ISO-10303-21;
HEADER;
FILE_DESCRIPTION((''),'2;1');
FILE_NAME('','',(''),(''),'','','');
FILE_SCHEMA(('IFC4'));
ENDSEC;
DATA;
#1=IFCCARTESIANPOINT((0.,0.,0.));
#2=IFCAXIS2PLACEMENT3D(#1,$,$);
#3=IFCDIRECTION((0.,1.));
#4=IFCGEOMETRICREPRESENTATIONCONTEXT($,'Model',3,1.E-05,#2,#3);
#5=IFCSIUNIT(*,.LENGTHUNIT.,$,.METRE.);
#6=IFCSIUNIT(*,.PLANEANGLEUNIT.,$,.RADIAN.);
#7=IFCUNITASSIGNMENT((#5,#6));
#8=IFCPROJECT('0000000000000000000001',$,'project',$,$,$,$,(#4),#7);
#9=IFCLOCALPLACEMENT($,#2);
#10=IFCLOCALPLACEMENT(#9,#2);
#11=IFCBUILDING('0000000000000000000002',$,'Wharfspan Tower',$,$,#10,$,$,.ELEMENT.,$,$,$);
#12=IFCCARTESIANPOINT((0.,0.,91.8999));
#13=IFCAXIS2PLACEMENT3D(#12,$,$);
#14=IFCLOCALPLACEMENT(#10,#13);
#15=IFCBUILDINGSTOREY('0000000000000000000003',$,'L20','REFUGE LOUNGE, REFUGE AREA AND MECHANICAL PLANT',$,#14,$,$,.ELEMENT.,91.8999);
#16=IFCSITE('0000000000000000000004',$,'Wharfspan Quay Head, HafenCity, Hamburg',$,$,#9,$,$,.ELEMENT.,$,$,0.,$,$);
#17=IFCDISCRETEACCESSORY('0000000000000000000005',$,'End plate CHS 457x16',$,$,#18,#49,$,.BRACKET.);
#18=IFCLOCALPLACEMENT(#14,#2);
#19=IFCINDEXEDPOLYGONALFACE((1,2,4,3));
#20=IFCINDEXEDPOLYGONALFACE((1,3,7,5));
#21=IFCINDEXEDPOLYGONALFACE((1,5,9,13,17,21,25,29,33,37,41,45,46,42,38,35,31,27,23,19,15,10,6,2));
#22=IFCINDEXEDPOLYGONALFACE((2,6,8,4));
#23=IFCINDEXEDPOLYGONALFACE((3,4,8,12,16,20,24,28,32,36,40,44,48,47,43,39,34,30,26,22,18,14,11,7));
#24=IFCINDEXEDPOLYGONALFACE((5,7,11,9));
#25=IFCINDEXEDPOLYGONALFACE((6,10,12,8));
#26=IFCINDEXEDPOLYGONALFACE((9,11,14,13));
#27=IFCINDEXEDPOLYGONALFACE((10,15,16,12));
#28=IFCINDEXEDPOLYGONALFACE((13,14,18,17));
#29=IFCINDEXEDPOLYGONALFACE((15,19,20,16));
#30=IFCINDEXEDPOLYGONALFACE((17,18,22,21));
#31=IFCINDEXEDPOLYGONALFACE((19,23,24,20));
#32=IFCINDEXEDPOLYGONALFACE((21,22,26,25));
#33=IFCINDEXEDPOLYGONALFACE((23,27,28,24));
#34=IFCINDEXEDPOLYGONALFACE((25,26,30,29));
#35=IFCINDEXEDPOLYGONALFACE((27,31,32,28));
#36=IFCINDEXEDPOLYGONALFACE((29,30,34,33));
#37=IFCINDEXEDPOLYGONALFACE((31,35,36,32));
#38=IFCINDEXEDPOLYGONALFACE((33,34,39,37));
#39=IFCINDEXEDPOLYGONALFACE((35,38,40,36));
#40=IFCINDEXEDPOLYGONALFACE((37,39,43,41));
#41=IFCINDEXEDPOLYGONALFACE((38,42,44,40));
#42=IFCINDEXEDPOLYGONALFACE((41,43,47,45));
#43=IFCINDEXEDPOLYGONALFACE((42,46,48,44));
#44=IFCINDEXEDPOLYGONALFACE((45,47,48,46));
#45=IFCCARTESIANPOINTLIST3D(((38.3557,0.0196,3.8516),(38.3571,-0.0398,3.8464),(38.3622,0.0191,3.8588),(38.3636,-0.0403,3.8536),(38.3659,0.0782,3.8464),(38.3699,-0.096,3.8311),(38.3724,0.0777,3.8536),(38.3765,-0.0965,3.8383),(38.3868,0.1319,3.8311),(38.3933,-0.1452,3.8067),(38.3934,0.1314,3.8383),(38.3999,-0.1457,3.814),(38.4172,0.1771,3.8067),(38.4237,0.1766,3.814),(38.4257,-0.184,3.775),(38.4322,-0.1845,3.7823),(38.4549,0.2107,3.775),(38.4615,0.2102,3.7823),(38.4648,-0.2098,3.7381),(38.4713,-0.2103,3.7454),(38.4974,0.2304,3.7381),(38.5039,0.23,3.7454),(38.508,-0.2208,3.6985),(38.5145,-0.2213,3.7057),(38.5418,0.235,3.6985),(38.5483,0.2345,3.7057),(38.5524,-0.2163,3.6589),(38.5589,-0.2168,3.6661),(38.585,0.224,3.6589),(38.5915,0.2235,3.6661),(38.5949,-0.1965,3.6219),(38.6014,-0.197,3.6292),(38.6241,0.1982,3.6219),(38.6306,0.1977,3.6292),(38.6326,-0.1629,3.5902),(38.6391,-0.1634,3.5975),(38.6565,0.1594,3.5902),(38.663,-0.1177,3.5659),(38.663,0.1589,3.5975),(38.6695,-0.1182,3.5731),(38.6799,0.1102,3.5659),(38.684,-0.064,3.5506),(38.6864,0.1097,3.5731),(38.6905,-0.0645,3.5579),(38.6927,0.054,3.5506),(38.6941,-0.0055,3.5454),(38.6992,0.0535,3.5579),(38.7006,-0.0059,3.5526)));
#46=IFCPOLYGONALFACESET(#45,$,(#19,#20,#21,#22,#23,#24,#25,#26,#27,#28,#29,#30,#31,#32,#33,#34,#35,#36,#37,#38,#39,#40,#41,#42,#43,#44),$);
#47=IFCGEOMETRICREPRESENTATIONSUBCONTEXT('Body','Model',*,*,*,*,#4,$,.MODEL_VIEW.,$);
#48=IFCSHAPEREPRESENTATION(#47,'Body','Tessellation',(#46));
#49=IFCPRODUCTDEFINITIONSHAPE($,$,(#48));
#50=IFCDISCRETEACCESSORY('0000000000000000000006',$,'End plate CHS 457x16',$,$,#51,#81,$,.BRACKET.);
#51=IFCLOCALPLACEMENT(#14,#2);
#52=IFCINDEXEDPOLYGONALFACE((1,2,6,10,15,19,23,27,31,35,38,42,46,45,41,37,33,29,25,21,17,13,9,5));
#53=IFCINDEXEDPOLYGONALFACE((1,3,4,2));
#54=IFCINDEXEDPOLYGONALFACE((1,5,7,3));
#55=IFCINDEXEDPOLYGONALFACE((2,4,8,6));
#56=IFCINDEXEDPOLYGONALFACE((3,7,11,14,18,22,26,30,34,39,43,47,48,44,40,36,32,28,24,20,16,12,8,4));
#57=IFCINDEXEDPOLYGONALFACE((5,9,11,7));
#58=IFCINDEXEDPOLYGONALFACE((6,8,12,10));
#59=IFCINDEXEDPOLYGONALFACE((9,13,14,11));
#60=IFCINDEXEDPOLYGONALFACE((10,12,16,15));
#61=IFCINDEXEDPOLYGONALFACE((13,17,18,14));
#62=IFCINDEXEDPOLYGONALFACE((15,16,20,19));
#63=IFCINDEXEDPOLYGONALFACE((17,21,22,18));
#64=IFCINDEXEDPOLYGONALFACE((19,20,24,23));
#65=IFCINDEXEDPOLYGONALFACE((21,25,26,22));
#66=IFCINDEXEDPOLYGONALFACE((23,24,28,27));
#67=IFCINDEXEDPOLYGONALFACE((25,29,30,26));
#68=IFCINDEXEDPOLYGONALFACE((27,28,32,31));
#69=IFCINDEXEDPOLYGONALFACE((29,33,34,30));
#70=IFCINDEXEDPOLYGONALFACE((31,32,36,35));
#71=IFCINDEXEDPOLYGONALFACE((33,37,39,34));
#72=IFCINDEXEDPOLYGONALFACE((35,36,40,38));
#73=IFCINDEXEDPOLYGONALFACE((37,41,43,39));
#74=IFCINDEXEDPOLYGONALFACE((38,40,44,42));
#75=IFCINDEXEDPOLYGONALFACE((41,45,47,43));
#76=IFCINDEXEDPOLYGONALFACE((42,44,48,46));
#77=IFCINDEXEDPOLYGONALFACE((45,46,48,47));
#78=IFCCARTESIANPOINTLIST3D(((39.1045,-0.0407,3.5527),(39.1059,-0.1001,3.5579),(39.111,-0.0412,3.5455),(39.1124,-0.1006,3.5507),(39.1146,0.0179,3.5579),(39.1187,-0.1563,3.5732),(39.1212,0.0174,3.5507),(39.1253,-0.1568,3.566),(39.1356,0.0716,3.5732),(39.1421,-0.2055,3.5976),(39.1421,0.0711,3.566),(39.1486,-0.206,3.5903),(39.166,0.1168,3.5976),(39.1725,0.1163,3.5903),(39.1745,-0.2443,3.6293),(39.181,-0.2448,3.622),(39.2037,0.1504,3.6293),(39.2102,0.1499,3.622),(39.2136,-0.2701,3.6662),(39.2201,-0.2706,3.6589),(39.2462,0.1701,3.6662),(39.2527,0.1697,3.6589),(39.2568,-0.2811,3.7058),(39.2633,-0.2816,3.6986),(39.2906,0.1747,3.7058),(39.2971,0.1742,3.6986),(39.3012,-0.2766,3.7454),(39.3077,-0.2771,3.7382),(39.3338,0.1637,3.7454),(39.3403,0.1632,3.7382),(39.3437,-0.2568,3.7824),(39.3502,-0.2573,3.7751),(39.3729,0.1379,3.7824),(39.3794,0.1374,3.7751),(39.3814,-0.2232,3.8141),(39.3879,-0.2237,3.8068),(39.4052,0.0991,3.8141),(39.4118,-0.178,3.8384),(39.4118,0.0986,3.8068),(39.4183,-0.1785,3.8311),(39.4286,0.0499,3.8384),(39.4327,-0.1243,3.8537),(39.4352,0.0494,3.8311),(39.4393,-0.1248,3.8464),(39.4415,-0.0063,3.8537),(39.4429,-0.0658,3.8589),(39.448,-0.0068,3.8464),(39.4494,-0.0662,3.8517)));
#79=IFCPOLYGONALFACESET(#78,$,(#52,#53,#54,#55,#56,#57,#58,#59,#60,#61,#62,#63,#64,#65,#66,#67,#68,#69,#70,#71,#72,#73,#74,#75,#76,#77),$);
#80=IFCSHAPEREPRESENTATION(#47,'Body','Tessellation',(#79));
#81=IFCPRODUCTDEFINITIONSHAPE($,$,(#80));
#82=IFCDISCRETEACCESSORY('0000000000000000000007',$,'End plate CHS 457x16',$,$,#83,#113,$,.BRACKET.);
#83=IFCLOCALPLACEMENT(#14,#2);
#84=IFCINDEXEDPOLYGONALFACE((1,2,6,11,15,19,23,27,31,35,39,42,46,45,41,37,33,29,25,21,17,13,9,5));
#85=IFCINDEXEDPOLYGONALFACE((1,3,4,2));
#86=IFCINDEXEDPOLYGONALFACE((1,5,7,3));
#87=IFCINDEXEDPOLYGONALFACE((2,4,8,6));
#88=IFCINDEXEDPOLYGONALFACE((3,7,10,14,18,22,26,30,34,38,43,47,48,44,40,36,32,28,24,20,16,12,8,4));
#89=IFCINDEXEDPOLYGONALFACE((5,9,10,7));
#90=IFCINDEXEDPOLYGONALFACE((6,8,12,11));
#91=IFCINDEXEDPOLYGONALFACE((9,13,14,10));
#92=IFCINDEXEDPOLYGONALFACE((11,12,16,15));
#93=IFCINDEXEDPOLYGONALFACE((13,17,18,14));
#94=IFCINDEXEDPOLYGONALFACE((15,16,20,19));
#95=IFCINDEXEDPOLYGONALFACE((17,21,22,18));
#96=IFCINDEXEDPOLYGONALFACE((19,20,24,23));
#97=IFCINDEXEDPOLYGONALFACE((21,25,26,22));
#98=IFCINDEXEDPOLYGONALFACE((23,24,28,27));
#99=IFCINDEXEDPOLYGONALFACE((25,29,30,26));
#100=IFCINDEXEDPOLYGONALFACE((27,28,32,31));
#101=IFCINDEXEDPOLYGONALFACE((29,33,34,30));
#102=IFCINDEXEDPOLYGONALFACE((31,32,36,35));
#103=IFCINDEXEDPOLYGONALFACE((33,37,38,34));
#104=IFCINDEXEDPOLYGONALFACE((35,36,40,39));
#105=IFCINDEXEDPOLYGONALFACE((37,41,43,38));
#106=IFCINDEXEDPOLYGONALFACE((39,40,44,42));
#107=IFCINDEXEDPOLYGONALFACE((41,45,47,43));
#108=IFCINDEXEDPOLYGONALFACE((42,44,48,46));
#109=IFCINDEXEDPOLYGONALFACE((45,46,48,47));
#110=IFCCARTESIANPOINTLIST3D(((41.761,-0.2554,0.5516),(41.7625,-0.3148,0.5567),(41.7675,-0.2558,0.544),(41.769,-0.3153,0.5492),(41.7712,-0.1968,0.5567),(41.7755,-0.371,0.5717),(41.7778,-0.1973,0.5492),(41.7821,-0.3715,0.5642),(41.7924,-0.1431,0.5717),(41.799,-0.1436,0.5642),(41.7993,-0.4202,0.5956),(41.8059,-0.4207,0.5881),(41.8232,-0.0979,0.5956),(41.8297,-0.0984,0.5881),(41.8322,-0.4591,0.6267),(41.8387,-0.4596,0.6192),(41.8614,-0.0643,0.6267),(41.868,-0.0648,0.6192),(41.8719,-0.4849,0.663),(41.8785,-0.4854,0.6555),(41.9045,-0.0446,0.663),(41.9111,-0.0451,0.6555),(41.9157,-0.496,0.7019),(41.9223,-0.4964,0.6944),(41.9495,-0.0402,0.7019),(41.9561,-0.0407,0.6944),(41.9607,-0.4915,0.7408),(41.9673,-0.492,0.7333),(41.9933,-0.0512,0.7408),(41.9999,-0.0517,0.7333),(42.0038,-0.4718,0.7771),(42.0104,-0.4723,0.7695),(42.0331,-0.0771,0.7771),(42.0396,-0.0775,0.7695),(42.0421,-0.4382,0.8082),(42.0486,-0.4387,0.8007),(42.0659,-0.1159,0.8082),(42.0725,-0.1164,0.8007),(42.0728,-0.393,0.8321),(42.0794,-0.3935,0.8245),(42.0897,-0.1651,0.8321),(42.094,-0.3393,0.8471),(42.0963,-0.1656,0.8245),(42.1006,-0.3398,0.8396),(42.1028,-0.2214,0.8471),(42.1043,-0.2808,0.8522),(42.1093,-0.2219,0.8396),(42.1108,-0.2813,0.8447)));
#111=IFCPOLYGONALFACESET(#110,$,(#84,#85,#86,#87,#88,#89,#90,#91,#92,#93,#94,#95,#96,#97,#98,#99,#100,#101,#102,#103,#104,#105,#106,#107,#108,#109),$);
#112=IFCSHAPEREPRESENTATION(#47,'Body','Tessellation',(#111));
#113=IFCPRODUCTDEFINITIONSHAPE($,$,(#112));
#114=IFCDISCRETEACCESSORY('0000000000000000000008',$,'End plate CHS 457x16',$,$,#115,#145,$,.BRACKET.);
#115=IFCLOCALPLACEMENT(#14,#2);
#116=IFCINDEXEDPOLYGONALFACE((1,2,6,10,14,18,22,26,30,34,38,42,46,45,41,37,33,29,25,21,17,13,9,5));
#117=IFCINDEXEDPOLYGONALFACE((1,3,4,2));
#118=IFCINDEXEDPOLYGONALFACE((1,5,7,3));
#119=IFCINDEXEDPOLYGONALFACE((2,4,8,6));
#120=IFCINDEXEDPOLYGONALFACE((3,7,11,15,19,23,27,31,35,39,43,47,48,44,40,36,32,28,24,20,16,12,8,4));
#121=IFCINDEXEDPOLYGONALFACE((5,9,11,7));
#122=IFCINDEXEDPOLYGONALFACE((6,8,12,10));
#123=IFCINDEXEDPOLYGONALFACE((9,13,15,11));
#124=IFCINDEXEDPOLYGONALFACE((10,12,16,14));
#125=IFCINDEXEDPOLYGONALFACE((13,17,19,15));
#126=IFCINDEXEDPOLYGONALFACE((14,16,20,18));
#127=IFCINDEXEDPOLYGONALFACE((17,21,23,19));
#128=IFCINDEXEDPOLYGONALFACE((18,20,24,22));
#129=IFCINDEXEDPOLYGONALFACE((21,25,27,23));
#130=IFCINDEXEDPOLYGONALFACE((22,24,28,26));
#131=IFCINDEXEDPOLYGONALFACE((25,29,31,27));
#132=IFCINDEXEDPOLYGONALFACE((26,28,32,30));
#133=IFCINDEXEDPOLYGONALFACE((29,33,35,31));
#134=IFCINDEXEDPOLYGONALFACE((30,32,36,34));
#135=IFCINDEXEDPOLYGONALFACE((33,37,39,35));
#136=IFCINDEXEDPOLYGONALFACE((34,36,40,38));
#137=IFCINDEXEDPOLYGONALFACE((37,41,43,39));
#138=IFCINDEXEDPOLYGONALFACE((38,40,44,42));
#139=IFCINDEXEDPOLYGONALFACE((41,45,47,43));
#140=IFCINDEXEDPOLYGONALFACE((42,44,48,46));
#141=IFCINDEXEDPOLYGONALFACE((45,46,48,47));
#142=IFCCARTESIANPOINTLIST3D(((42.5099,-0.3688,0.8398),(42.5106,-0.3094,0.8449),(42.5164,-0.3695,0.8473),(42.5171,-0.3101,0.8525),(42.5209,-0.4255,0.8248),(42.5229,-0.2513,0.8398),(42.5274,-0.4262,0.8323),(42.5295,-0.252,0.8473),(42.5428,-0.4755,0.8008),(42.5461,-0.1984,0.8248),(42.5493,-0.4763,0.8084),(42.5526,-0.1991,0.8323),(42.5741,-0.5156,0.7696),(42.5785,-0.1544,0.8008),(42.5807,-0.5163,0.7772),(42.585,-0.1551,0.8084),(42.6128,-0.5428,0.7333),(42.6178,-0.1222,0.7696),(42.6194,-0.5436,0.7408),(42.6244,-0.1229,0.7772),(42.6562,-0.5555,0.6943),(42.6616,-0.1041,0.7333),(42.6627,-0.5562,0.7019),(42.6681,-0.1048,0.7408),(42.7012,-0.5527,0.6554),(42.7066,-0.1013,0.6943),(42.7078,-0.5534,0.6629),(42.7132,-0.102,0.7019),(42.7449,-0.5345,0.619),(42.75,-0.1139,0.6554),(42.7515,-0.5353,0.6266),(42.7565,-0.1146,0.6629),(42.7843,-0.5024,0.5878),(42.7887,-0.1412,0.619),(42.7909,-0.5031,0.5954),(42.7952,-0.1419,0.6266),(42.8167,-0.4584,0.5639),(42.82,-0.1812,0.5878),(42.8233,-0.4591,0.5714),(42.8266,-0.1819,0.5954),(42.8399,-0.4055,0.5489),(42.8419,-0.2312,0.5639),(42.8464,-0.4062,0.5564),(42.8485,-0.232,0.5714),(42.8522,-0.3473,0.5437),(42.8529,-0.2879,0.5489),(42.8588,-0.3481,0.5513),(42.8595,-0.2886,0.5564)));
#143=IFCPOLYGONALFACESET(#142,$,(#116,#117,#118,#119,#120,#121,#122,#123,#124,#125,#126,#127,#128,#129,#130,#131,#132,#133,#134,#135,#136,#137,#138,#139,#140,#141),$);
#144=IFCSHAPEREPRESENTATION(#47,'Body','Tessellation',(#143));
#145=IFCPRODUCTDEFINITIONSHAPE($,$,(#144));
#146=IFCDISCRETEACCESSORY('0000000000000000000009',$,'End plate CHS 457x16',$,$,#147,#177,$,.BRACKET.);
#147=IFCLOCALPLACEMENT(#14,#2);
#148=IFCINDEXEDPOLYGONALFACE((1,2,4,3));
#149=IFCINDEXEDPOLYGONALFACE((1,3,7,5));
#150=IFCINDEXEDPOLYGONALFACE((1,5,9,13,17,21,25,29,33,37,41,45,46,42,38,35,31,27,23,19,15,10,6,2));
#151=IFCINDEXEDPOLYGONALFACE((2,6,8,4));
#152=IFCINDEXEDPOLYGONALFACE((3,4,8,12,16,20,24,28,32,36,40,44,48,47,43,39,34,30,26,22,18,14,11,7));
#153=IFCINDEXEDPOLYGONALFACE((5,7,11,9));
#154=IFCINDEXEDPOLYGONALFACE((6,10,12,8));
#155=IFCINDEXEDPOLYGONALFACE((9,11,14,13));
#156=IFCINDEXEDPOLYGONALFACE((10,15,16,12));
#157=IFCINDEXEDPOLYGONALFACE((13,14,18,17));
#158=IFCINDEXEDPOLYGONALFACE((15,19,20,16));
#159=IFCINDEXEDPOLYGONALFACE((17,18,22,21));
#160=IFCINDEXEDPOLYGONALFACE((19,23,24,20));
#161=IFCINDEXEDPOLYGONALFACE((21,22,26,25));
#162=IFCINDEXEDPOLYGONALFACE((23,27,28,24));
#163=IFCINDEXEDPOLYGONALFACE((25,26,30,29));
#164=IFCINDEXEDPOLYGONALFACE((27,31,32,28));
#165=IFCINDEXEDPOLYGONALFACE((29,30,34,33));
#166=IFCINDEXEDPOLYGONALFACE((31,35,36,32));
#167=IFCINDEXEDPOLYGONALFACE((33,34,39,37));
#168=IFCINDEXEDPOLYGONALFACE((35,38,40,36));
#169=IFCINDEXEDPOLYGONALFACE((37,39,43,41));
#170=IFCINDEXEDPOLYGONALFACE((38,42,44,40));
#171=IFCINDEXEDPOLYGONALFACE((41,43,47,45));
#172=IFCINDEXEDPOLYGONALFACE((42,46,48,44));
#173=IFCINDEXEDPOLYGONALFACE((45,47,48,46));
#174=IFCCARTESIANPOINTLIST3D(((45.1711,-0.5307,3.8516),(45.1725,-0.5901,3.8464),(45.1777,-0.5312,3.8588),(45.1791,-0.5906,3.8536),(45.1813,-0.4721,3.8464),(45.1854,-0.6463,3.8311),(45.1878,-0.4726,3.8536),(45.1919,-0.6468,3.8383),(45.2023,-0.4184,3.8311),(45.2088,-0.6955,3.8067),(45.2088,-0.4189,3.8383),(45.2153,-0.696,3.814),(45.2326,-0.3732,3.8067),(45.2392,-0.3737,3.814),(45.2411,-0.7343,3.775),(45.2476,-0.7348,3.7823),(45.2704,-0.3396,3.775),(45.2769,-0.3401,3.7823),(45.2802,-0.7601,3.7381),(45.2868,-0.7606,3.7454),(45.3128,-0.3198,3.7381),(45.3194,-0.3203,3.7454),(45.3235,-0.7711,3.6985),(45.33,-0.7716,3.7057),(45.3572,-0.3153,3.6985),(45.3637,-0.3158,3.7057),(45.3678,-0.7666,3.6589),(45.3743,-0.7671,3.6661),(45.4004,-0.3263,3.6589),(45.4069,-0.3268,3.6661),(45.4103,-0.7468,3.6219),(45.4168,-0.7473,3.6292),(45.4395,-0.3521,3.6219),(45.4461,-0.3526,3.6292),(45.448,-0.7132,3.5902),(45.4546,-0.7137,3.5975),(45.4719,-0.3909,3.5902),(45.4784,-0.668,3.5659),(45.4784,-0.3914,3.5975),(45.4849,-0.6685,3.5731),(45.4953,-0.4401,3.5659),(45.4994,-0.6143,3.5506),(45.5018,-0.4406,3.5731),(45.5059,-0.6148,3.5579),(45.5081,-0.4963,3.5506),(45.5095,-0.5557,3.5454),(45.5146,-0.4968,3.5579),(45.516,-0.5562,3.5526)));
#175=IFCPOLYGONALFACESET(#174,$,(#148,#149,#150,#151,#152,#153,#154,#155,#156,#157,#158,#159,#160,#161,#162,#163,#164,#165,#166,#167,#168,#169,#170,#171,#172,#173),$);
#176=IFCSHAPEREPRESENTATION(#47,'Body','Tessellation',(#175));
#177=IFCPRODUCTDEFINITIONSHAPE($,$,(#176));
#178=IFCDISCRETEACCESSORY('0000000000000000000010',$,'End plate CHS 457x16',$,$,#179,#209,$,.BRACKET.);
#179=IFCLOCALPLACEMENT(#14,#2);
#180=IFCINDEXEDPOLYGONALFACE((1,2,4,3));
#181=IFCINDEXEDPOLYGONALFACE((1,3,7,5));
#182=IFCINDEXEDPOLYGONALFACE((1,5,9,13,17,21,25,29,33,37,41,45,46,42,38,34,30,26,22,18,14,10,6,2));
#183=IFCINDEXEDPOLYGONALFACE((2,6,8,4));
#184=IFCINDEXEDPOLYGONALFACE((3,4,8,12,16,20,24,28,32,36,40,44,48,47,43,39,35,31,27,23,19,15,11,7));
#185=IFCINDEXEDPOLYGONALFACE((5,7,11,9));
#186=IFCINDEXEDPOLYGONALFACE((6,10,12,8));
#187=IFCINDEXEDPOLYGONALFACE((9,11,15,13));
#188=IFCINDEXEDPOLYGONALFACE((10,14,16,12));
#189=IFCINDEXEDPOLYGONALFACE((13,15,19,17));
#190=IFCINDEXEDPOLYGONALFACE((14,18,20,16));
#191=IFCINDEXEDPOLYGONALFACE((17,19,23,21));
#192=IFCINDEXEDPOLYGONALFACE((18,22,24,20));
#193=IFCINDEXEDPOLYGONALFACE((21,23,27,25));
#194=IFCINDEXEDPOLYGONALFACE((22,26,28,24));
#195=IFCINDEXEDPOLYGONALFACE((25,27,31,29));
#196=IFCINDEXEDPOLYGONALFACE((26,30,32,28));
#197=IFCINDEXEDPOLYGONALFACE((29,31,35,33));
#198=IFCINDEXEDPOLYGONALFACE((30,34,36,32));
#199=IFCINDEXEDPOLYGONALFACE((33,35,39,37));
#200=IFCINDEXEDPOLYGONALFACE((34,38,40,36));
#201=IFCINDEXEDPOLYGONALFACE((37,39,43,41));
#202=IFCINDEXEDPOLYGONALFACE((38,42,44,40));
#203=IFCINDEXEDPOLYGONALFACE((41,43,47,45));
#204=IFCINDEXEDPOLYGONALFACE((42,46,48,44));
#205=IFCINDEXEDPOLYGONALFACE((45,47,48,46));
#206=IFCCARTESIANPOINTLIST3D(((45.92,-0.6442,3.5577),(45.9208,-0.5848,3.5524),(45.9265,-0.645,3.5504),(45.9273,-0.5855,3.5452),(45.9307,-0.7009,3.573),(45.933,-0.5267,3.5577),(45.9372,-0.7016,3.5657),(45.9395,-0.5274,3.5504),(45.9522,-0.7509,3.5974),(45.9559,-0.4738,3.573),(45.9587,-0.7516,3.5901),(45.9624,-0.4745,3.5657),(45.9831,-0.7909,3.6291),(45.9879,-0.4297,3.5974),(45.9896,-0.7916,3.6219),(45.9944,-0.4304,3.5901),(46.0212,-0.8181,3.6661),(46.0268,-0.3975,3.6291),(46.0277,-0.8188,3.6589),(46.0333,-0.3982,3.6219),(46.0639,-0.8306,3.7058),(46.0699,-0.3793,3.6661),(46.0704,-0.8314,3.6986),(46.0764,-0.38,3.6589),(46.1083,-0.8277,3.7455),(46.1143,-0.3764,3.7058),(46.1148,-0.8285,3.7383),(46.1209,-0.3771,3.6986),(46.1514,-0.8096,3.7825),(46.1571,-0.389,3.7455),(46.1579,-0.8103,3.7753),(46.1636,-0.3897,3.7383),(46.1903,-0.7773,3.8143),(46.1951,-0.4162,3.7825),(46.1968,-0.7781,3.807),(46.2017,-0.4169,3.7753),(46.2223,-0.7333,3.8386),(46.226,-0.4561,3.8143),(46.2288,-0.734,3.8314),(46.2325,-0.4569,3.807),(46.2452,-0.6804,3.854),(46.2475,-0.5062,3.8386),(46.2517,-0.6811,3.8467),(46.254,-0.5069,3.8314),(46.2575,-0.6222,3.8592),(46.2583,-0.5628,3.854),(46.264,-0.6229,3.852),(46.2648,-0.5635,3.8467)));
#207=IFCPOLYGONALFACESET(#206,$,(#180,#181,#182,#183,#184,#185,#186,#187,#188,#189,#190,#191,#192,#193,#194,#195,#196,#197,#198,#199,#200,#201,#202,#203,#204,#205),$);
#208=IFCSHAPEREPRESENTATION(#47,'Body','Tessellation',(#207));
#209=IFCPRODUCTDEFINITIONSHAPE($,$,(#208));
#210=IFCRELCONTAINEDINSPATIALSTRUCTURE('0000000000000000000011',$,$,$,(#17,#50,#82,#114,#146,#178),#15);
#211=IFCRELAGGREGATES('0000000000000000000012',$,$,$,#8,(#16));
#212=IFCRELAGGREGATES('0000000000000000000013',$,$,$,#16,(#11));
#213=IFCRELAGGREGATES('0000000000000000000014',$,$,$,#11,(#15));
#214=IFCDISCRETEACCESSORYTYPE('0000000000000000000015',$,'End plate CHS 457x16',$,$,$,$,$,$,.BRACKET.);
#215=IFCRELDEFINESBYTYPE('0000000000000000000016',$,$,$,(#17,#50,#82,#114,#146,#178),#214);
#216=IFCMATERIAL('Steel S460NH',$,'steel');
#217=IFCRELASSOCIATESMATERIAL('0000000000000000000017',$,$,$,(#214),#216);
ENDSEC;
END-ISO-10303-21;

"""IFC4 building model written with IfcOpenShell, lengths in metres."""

from ifc_helpers import new_model, si_unit, direction, frame, origin, origin_2d, place, context, subcontext, project, spatial, circle, extrude, material, material_profile, profile_set, type_object, element, save


model = new_model("IFC4")

# Units and contexts
model_context = context("Model", 3, precision=1e-05, world=origin(), true_north=direction((0.0, 1.0)))
body_context = subcontext(model_context, "Body", "Model", "MODEL_VIEW")
ifc_project = project(units=[si_unit("LENGTHUNIT", "METRE"), si_unit("PLANEANGLEUNIT", "RADIAN")], contexts=[model_context])

# Site, building, storey
site_placement = place(None, origin())
site = spatial("IfcSite", under=ifc_project, at=site_placement, Name="Wharfspan Quay Head, HafenCity, Hamburg", CompositionType="ELEMENT", RefElevation=0.0)
building_placement = place(site_placement, origin())
building = spatial("IfcBuilding", under=site, at=building_placement, Name="Wharfspan Tower", CompositionType="ELEMENT")
storey_placement = place(building_placement, frame((0.0, 0.0, 91.8999)))
storey = spatial("IfcBuildingStorey", under=building, at=storey_placement, Name="L20", Description="REFUGE LOUNGE, REFUGE AREA AND MECHANICAL PLANT", CompositionType="ELEMENT", Elevation=91.8999)

# Shared definitions
ifc_material_1 = material(Name="Steel S460NH", Category="steel")

# Discrete accessories
ifc_material_profile_1 = material_profile(ifc_material_1, circle(Radius=0.2285, at=origin_2d()))
ifc_profile_set_1 = profile_set([ifc_material_profile_1], Name="Steel S460NH")
discrete_accessory_type_1 = type_object("IfcDiscreteAccessoryType", Name="End plate CHS 457x16", PredefinedType="BRACKET", material=ifc_profile_set_1)
for number, where, z_axis, x_axis, name in (
    (1, (38.5249, 0.0071, 3.6985), (0.668145, -0.049492, 0.742383), (0.073869, 0.997266, 0.000002), "End plate CHS 457x16"),
    (2, (39.2737, -0.0532, 3.7058), (0.668145, -0.049492, -0.742383), (0.073869, 0.997266, -0.000002), "End plate CHS 457x16"),
):
    element("IfcDiscreteAccessory", number, at=place(storey_placement, frame(where, z_axis=z_axis, x_axis=x_axis)), inside=storey, type_object=discrete_accessory_type_1, Name=name, PredefinedType="BRACKET", context=body_context, shape_type="SweptSolid", body=[
        extrude(circle(Radius=0.2285, at=origin_2d()), origin(), (0.0, 0.0, 1.0), 0.0098),
    ])
for number, where, z_axis, x_axis, name in (
    (3, (41.9326, -0.2681, 0.7019), (0.656005, -0.048593, -0.753191), (0.073872, 0.997271, 0.0), "End plate CHS 457x16"),
    (4, (42.6814, -0.3284, 0.6943), (0.655039, -0.072782, 0.752082), (0.11043, 0.993882, 0.000001), "End plate CHS 457x16"),
):
    element("IfcDiscreteAccessory", number, at=place(storey_placement, frame(where, z_axis=z_axis, x_axis=x_axis)), inside=storey, type_object=discrete_accessory_type_1, Name=name, PredefinedType="BRACKET", context=body_context, shape_type="SweptSolid", body=[
        extrude(circle(Radius=0.2285, at=origin_2d()), origin(), (0.0, 0.0, 1.0), 0.01),
    ])
for number, where, z_axis, x_axis, name in (
    (5, (45.3403, -0.5432, 3.6985), (0.668145, -0.049492, 0.742383), (0.073869, 0.997266, 0.000002), "End plate CHS 457x16"),
    (6, (46.0891, -0.6035, 3.7058), (0.667124, -0.074125, -0.741249), (0.110432, 0.993887, 0.0), "End plate CHS 457x16"),
):
    element("IfcDiscreteAccessory", number, at=place(storey_placement, frame(where, z_axis=z_axis, x_axis=x_axis)), inside=storey, type_object=discrete_accessory_type_1, Name=name, PredefinedType="BRACKET", context=body_context, shape_type="SweptSolid", body=[
        extrude(circle(Radius=0.2285, at=origin_2d()), origin(), (0.0, 0.0, 1.0), 0.0098),
    ])

save(model, "model.ifc")
